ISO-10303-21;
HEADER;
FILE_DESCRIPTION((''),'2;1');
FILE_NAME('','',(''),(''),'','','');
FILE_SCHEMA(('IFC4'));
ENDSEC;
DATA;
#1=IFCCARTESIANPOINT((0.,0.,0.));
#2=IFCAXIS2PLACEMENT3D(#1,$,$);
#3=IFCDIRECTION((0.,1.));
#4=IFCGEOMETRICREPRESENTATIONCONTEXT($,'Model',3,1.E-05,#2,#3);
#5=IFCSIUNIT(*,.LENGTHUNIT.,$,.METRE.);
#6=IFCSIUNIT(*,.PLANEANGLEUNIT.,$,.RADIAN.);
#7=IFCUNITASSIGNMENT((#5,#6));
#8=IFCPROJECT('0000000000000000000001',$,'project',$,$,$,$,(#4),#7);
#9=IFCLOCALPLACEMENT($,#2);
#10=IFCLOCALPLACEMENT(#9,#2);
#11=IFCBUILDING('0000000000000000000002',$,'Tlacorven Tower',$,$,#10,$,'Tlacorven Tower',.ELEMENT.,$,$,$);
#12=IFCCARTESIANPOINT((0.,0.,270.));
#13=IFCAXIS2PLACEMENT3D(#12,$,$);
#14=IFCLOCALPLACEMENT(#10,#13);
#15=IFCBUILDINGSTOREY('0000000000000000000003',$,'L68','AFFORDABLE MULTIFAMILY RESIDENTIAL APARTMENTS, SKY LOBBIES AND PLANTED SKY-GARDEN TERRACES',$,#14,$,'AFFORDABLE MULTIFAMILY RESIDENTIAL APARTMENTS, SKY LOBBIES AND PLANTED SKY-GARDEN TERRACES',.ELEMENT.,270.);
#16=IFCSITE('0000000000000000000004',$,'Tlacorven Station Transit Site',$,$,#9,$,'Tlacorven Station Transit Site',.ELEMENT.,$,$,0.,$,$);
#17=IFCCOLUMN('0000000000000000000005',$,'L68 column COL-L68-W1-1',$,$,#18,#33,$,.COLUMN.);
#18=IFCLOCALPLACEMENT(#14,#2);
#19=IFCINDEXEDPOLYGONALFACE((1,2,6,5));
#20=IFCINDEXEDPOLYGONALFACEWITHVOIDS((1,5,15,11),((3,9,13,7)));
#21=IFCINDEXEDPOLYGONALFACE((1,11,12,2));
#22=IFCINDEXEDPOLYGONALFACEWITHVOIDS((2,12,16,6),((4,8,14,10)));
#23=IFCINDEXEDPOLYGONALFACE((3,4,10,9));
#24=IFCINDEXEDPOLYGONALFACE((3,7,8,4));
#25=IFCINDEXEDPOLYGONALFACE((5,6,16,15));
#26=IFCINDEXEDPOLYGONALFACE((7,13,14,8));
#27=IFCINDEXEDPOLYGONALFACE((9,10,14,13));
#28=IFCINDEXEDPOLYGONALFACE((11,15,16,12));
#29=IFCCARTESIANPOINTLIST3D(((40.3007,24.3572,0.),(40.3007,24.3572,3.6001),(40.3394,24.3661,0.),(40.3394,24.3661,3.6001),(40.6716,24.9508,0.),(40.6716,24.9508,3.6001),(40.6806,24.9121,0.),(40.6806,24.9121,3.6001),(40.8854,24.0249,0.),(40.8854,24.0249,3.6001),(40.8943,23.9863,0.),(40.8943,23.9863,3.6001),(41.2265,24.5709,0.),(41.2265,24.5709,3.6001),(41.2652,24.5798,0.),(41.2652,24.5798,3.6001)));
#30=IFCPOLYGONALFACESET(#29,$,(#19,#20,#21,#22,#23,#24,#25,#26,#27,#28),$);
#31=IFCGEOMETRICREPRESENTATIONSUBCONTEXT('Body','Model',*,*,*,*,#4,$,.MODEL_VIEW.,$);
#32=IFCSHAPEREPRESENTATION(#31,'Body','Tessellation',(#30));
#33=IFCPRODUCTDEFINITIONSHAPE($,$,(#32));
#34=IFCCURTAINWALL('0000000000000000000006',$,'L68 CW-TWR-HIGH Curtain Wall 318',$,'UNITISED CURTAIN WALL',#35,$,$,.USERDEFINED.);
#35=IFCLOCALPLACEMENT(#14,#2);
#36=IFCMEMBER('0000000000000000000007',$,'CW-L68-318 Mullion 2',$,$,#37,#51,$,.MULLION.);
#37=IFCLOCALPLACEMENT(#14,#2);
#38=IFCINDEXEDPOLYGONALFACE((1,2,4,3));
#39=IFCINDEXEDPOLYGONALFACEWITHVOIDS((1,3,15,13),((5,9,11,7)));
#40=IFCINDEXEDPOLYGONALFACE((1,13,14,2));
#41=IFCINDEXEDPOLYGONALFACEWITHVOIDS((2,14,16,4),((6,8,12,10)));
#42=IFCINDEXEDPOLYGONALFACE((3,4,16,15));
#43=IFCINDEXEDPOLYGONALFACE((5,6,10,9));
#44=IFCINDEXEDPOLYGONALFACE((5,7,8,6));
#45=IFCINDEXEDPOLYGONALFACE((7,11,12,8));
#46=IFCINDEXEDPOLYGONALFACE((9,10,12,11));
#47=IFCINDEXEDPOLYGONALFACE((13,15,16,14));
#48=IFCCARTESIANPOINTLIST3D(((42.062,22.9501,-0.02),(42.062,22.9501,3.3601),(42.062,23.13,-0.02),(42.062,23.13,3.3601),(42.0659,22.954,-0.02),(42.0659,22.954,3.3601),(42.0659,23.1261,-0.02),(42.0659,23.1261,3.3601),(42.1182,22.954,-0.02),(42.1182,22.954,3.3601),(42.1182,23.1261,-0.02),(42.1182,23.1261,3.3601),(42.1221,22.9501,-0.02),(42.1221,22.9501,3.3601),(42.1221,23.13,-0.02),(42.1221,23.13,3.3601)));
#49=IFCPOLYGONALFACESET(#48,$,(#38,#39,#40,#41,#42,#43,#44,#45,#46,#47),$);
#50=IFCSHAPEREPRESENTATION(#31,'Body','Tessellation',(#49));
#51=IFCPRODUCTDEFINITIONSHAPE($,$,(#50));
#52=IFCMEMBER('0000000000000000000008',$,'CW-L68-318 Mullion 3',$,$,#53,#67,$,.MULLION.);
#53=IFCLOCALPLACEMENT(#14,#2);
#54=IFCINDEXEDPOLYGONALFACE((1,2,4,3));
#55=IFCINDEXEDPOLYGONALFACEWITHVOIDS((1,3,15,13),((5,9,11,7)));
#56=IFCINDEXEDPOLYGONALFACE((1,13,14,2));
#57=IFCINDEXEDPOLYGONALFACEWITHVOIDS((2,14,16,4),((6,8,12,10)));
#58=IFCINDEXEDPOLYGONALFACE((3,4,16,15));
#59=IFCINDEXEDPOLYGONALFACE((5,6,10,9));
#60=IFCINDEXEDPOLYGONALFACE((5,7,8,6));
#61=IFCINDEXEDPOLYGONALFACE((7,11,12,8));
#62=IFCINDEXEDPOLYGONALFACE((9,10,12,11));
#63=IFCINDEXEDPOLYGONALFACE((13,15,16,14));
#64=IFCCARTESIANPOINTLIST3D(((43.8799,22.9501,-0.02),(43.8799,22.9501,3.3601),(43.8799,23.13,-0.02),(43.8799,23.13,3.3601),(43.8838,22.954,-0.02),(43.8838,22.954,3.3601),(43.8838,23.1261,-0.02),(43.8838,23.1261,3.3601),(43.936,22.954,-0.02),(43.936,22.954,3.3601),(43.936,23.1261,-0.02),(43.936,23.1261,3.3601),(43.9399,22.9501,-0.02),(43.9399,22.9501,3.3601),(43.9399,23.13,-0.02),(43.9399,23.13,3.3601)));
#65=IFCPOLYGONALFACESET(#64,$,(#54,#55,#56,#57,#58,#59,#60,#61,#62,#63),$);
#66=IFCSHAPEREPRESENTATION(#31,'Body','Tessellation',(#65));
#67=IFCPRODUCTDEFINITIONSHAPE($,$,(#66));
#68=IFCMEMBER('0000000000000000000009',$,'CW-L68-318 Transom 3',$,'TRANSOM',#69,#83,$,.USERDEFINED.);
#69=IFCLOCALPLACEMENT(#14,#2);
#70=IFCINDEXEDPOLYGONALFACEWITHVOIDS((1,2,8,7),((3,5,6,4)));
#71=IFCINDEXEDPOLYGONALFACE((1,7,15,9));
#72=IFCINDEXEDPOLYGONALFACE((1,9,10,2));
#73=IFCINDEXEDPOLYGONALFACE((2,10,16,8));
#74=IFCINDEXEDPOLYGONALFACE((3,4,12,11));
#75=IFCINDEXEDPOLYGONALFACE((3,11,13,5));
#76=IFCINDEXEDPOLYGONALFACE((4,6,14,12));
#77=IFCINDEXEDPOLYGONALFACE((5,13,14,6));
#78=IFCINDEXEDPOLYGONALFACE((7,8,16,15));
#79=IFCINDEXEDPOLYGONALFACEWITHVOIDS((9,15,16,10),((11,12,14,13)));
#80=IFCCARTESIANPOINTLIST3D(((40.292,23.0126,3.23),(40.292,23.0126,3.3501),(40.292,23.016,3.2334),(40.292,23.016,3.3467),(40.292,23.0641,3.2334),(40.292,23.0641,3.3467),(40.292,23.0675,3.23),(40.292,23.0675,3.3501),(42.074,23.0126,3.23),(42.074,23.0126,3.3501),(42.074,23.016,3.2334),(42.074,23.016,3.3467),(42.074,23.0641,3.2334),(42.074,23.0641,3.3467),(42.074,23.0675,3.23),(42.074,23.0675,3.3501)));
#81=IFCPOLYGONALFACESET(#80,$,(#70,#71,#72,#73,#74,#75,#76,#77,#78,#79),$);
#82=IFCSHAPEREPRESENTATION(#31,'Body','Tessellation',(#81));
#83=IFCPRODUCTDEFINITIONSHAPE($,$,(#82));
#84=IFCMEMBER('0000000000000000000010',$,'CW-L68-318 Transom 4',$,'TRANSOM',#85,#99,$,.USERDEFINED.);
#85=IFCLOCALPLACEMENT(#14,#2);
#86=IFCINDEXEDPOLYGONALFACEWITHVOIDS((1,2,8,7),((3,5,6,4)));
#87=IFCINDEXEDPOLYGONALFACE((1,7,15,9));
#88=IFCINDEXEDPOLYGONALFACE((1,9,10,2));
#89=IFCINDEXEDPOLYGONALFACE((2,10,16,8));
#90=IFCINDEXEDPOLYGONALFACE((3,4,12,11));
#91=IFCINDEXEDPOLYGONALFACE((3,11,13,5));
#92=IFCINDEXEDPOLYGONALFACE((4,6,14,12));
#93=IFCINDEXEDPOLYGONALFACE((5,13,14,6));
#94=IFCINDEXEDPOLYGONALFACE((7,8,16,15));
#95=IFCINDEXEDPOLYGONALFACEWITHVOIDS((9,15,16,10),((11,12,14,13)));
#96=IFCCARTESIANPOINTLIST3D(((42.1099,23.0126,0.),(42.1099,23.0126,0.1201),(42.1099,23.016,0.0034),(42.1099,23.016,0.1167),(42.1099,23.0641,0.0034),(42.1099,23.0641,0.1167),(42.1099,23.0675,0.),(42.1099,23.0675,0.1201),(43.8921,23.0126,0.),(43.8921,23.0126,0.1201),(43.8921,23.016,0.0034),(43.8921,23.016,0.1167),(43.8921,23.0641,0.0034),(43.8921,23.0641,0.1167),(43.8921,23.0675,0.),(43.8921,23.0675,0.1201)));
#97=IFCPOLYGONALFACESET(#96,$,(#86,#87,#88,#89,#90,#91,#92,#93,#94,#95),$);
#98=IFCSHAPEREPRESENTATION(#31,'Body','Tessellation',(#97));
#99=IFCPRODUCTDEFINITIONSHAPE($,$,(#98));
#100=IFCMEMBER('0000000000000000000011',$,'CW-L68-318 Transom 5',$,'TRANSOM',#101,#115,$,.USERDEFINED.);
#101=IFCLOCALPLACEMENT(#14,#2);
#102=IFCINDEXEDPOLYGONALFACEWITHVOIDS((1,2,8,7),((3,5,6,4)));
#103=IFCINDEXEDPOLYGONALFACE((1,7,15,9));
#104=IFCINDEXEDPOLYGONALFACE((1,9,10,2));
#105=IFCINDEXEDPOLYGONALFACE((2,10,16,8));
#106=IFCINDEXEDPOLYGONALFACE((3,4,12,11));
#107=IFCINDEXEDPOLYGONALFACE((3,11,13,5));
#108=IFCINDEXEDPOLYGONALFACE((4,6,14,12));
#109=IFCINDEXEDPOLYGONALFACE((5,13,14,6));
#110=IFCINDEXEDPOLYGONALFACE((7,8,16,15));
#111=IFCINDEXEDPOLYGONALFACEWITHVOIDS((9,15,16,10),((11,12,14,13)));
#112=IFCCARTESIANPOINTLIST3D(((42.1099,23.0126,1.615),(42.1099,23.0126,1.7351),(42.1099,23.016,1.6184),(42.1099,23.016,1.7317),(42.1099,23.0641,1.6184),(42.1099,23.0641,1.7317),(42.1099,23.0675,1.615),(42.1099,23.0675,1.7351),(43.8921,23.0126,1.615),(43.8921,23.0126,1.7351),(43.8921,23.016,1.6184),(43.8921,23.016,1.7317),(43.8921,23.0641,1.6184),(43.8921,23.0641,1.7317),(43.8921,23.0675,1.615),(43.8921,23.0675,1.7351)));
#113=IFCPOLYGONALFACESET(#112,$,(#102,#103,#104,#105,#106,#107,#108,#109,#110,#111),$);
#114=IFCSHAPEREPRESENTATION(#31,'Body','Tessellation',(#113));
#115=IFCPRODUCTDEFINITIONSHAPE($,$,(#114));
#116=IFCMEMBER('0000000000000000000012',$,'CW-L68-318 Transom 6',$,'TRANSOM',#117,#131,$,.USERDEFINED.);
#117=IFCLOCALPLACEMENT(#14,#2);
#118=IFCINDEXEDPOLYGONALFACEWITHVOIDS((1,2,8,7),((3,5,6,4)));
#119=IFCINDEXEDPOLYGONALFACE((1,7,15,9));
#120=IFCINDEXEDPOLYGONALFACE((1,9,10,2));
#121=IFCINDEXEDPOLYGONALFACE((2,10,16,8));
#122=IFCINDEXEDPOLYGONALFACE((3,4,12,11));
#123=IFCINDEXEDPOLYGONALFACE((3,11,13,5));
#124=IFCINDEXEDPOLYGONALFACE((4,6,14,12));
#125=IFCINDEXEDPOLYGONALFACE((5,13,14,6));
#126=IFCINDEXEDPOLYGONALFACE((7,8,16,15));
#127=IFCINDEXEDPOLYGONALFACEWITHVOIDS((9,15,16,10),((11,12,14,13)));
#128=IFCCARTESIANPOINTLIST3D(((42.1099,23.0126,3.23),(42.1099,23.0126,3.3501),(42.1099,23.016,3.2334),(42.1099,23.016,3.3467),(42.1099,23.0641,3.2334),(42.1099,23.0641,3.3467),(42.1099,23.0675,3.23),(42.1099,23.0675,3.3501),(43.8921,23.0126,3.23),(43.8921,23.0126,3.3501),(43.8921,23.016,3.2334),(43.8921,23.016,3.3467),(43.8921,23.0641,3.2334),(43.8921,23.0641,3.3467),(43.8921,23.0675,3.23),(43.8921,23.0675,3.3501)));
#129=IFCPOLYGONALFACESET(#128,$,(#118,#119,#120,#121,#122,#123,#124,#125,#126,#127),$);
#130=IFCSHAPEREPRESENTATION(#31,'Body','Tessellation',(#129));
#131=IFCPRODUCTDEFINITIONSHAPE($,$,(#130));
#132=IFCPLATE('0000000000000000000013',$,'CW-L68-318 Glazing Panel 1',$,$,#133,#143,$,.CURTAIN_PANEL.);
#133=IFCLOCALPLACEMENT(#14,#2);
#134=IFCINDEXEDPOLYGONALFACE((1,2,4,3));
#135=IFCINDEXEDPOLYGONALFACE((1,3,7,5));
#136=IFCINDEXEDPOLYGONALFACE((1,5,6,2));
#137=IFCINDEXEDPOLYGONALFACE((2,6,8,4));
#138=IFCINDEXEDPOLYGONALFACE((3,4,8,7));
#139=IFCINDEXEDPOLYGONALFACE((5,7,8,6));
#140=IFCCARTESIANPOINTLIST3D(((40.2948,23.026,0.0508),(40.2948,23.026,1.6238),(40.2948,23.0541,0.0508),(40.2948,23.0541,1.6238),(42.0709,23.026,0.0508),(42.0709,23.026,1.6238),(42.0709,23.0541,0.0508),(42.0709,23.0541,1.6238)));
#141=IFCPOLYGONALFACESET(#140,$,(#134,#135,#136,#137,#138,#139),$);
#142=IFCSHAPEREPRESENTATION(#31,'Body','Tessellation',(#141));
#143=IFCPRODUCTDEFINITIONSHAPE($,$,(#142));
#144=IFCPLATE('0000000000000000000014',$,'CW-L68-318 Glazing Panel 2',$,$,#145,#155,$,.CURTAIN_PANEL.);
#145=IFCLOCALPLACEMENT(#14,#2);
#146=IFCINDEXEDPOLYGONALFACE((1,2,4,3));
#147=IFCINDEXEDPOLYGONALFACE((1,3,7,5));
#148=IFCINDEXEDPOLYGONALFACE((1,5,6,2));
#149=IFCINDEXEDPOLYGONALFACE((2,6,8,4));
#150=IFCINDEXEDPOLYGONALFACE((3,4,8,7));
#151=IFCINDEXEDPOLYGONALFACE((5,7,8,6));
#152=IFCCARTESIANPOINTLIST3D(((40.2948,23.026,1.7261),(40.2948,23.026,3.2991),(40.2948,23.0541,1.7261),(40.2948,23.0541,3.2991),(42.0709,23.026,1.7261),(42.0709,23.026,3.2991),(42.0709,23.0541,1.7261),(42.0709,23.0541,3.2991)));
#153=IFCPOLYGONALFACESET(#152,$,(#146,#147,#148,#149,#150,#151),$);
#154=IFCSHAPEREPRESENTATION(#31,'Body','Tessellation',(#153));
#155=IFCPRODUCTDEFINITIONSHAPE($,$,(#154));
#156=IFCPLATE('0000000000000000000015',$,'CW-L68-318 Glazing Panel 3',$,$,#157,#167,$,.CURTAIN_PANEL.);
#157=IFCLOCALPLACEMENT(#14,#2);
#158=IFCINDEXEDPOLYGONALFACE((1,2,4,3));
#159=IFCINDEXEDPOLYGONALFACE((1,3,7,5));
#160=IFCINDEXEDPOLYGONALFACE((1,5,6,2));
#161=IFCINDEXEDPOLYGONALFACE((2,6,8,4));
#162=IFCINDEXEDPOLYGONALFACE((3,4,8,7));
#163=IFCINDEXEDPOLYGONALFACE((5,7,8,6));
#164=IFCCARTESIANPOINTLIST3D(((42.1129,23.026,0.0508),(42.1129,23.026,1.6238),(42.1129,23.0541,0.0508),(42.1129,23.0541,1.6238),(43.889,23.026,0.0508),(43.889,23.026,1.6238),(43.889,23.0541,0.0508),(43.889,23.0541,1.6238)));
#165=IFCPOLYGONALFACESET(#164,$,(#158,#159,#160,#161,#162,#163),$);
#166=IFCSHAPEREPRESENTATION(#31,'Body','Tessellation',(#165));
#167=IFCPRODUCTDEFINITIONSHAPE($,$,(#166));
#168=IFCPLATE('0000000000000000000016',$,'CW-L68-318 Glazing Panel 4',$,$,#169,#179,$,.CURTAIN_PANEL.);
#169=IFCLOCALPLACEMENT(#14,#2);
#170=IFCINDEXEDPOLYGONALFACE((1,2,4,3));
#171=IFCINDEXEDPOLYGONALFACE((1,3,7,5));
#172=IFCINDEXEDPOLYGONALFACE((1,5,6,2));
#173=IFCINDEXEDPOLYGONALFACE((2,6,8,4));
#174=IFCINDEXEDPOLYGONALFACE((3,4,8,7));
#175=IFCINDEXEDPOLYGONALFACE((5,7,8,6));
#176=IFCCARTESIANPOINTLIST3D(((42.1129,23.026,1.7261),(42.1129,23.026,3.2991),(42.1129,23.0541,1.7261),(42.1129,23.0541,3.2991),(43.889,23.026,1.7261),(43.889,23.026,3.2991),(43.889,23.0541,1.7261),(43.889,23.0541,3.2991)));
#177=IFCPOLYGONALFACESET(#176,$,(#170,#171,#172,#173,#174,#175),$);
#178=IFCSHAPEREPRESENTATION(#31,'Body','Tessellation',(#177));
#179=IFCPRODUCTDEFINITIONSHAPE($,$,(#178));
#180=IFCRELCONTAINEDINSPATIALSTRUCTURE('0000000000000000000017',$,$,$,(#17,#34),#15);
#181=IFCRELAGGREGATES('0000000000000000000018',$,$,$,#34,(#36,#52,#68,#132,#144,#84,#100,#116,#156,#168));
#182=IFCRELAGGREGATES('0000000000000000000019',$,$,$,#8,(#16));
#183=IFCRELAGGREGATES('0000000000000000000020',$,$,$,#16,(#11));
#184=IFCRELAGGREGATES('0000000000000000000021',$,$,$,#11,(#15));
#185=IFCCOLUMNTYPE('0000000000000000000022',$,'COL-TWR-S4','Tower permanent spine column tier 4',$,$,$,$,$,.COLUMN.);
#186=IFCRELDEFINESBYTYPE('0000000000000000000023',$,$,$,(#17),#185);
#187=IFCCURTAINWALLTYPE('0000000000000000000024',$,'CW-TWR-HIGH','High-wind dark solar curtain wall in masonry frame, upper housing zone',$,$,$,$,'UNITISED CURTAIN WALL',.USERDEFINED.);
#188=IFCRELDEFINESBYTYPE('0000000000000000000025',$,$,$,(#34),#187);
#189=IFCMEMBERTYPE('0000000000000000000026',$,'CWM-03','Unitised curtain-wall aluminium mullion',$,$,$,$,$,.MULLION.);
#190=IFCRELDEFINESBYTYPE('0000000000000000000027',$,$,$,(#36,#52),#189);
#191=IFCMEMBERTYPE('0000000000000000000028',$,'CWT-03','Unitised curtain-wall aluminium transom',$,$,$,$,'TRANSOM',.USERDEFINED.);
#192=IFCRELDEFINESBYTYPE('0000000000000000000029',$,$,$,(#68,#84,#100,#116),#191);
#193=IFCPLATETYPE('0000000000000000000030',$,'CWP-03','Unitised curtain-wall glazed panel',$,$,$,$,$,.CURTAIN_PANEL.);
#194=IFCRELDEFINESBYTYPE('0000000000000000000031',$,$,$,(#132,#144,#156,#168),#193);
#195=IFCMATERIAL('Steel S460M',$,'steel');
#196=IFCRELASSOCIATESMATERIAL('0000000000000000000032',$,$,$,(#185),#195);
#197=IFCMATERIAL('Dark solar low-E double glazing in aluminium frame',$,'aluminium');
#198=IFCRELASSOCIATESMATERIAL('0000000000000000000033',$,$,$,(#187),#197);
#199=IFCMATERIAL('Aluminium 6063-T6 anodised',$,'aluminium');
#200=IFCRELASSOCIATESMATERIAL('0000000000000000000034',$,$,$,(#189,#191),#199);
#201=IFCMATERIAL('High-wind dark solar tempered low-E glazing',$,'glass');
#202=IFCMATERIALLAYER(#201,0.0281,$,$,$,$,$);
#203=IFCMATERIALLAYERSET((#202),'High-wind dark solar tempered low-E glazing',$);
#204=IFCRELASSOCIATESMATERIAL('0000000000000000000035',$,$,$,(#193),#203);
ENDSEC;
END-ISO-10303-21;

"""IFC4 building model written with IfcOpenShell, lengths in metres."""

from ifc_helpers import new_model, si_unit, direction, frame, origin, origin_2d, place, context, subcontext, project, spatial, rectangle, hollow_rectangle, extrude, source, transform, mapped, material, layer, layer_set, material_profile, profile_set, type_object, element, aggregate, save


model = new_model("IFC4")

# Units and contexts
model_context = context("Model", 3, precision=1e-05, world=origin(), true_north=direction((0.0, 1.0)))
body_context = subcontext(model_context, "Body", "Model", "MODEL_VIEW")
ifc_project = project(units=[si_unit("LENGTHUNIT", "METRE"), si_unit("PLANEANGLEUNIT", "RADIAN")], contexts=[model_context])

# Site, building, storey
site_placement = place(None, origin())
site = spatial("IfcSite", under=ifc_project, at=site_placement, Name="Tlacorven Station Transit Site", LongName="Tlacorven Station Transit Site", CompositionType="ELEMENT", RefElevation=0.0)
building_placement = place(site_placement, origin())
building = spatial("IfcBuilding", under=site, at=building_placement, Name="Tlacorven Tower", LongName="Tlacorven Tower", CompositionType="ELEMENT")
storey_placement = place(building_placement, frame((0.0, 0.0, 270.0)))
storey = spatial("IfcBuildingStorey", under=building, at=storey_placement, Name="L68", Description="AFFORDABLE MULTIFAMILY RESIDENTIAL APARTMENTS, SKY LOBBIES AND PLANTED SKY-GARDEN TERRACES", LongName="AFFORDABLE MULTIFAMILY RESIDENTIAL APARTMENTS, SKY LOBBIES AND PLANTED SKY-GARDEN TERRACES", CompositionType="ELEMENT", Elevation=270.0)

# Column
ifc_material_1 = material(Name="Steel S460M", Category="steel")
ifc_material_profile_1 = material_profile(ifc_material_1, hollow_rectangle(XDim=0.7, YDim=0.7, WallThickness=0.0281, at=origin_2d()), Name="BOX 700X700X28")
ifc_profile_set_1 = profile_set([ifc_material_profile_1], Name="Steel S460M")
column_type = type_object("IfcColumnType", Name="COL-TWR-S4", Description="Tower permanent spine column tier 4", PredefinedType="COLUMN", material=ifc_profile_set_1)
shared_shape_1 = source(origin(), body_context, "Body", "SweptSolid", [
    extrude(hollow_rectangle(XDim=0.7, YDim=0.7, WallThickness=0.0281, at=origin_2d()), origin(), (0.0, 0.0, 1.0), 3.6001),
])
column_placement = place(storey_placement, frame((40.783, 24.4685, 0.0), z_axis=(0.0, 0.0, 1.0), x_axis=(-0.848048, 0.529919, 0.0)))
element("IfcColumn", 1, at=column_placement, inside=storey, type_object=column_type, Name="L68 column COL-L68-W1-1", PredefinedType="COLUMN", context=body_context, shape_type="MappedRepresentation", body=[
    mapped(shared_shape_1, transform((0.0, 0.0, 0.0), scale=1.0)),
])

# Curtain wall, members, plates
ifc_material_2 = material(Name="Dark solar low-E double glazing in aluminium frame", Category="aluminium")
curtain_wall_type = type_object("IfcCurtainWallType", Name="CW-TWR-HIGH", Description="High-wind dark solar curtain wall in masonry frame, upper housing zone", ElementType="UNITISED CURTAIN WALL", PredefinedType="USERDEFINED", material=ifc_material_2)
curtain_wall_placement = place(storey_placement, origin())
curtain_wall = element("IfcCurtainWall", 2, at=curtain_wall_placement, inside=storey, type_object=curtain_wall_type, Name="L68 CW-TWR-HIGH Curtain Wall 318", ObjectType="UNITISED CURTAIN WALL", PredefinedType="USERDEFINED")
ifc_material_3 = material(Name="Aluminium 6063-T6 anodised", Category="aluminium")
ifc_material_profile_2 = material_profile(ifc_material_3, hollow_rectangle(XDim=0.0601, YDim=0.1799, WallThickness=0.0039, at=origin_2d()), Name="ALU MULLION 60X180")
ifc_profile_set_2 = profile_set([ifc_material_profile_2], Name="Aluminium 6063-T6 anodised")
member_type_1 = type_object("IfcMemberType", Name="CWM-03", Description="Unitised curtain-wall aluminium mullion", PredefinedType="MULLION", material=ifc_profile_set_2)
shared_shape_2 = source(origin(), body_context, "Body", "SweptSolid", [
    extrude(hollow_rectangle(XDim=0.0601, YDim=0.1799, WallThickness=0.0039, at=origin_2d()), origin(), (0.0, 0.0, 1.0), 3.3801),
])
member_1_placement = place(storey_placement, frame((42.092, 23.04, -0.02), z_axis=(0.0, 0.0, 1.0), x_axis=(1.0, 0.0, 0.0)))
member_1 = element("IfcMember", 3, at=member_1_placement, type_object=member_type_1, Name="CW-L68-318 Mullion 2", PredefinedType="MULLION", context=body_context, shape_type="MappedRepresentation", body=[
    mapped(shared_shape_2, transform((0.0, 0.0, 0.0), scale=1.0)),
])
member_2_placement = place(storey_placement, frame((43.9099, 23.04, -0.02), z_axis=(0.0, 0.0, 1.0), x_axis=(1.0, 0.0, 0.0)))
member_2 = element("IfcMember", 4, at=member_2_placement, type_object=member_type_1, Name="CW-L68-318 Mullion 3", PredefinedType="MULLION", context=body_context, shape_type="MappedRepresentation", body=[
    mapped(shared_shape_2, transform((0.0, 0.0, 0.0), scale=1.0)),
])
ifc_material_profile_3 = material_profile(ifc_material_3, hollow_rectangle(XDim=0.0549, YDim=0.1201, WallThickness=0.0034, at=origin_2d()), Name="ALU TRANSOM 55X120")
ifc_profile_set_3 = profile_set([ifc_material_profile_3], Name="Aluminium 6063-T6 anodised")
member_type_2 = type_object("IfcMemberType", Name="CWT-03", Description="Unitised curtain-wall aluminium transom", ElementType="TRANSOM", PredefinedType="USERDEFINED", material=ifc_profile_set_3)
shared_shape_3 = source(origin(), body_context, "Body", "SweptSolid", [
    extrude(hollow_rectangle(XDim=0.0549, YDim=0.1201, WallThickness=0.0034, at=origin_2d()), origin(), (0.0, 0.0, 1.0), 1.782),
])
member_3_placement = place(storey_placement, frame((40.292, 23.04, 3.29), z_axis=(1.0, 0.0, 0.0), x_axis=(0.0, 1.0, 0.0)))
member_3 = element("IfcMember", 5, at=member_3_placement, type_object=member_type_2, Name="CW-L68-318 Transom 3", ObjectType="TRANSOM", PredefinedType="USERDEFINED", context=body_context, shape_type="MappedRepresentation", body=[
    mapped(shared_shape_3, transform((0.0, 0.0, 0.0), scale=1.0)),
])
shared_shape_4 = source(origin(), body_context, "Body", "SweptSolid", [
    extrude(hollow_rectangle(XDim=0.0549, YDim=0.1201, WallThickness=0.0034, at=origin_2d()), origin(), (0.0, 0.0, 1.0), 1.7822),
])
member_4_placement = place(storey_placement, frame((42.1099, 23.04, 0.0601), z_axis=(1.0, 0.0, 0.0), x_axis=(0.0, 1.0, 0.0)))
member_4 = element("IfcMember", 6, at=member_4_placement, type_object=member_type_2, Name="CW-L68-318 Transom 4", ObjectType="TRANSOM", PredefinedType="USERDEFINED", context=body_context, shape_type="MappedRepresentation", body=[
    mapped(shared_shape_4, transform((0.0, 0.0, 0.0), scale=1.0)),
])
member_5_placement = place(storey_placement, frame((42.1099, 23.04, 1.675), z_axis=(1.0, 0.0, 0.0), x_axis=(0.0, 1.0, 0.0)))
member_5 = element("IfcMember", 7, at=member_5_placement, type_object=member_type_2, Name="CW-L68-318 Transom 5", ObjectType="TRANSOM", PredefinedType="USERDEFINED", context=body_context, shape_type="MappedRepresentation", body=[
    mapped(shared_shape_4, transform((0.0, 0.0, 0.0), scale=1.0)),
])
member_6_placement = place(storey_placement, frame((42.1099, 23.04, 3.29), z_axis=(1.0, 0.0, 0.0), x_axis=(0.0, 1.0, 0.0)))
member_6 = element("IfcMember", 8, at=member_6_placement, type_object=member_type_2, Name="CW-L68-318 Transom 6", ObjectType="TRANSOM", PredefinedType="USERDEFINED", context=body_context, shape_type="MappedRepresentation", body=[
    mapped(shared_shape_4, transform((0.0, 0.0, 0.0), scale=1.0)),
])
ifc_material_4 = material(Name="High-wind dark solar tempered low-E glazing", Category="glass")
ifc_layer_1 = layer(ifc_material_4, 0.0281)
ifc_layer_set_1 = layer_set([ifc_layer_1], Name="High-wind dark solar tempered low-E glazing")
plate_type = type_object("IfcPlateType", Name="CWP-03", Description="Unitised curtain-wall glazed panel", PredefinedType="CURTAIN_PANEL", material=ifc_layer_set_1)
shared_shape_5 = source(origin(), body_context, "Body", "SweptSolid", [
    extrude(rectangle(XDim=1.7761, YDim=0.0281, at=origin_2d()), origin(), (0.0, 0.0, 1.0), 1.573),
])
plate_1_placement = place(storey_placement, frame((41.1829, 23.04, 0.0508), z_axis=(0.0, 0.0, 1.0), x_axis=(1.0, 0.0, 0.0)))
plate_1 = element("IfcPlate", 9, at=plate_1_placement, type_object=plate_type, Name="CW-L68-318 Glazing Panel 1", PredefinedType="CURTAIN_PANEL", context=body_context, shape_type="MappedRepresentation", body=[
    mapped(shared_shape_5, transform((0.0, 0.0, 0.0), scale=1.0)),
])
plate_2_placement = place(storey_placement, frame((41.1829, 23.04, 1.7261), z_axis=(0.0, 0.0, 1.0), x_axis=(1.0, 0.0, 0.0)))
plate_2 = element("IfcPlate", 10, at=plate_2_placement, type_object=plate_type, Name="CW-L68-318 Glazing Panel 2", PredefinedType="CURTAIN_PANEL", context=body_context, shape_type="MappedRepresentation", body=[
    mapped(shared_shape_5, transform((0.0, 0.0, 0.0), scale=1.0)),
])
plate_3_placement = place(storey_placement, frame((43.001, 23.04, 0.0508), z_axis=(0.0, 0.0, 1.0), x_axis=(1.0, 0.0, 0.0)))
plate_3 = element("IfcPlate", 11, at=plate_3_placement, type_object=plate_type, Name="CW-L68-318 Glazing Panel 3", PredefinedType="CURTAIN_PANEL", context=body_context, shape_type="MappedRepresentation", body=[
    mapped(shared_shape_5, transform((0.0, 0.0, 0.0), scale=1.0)),
])
plate_4_placement = place(storey_placement, frame((43.001, 23.04, 1.7261), z_axis=(0.0, 0.0, 1.0), x_axis=(1.0, 0.0, 0.0)))
plate_4 = element("IfcPlate", 12, at=plate_4_placement, type_object=plate_type, Name="CW-L68-318 Glazing Panel 4", PredefinedType="CURTAIN_PANEL", context=body_context, shape_type="MappedRepresentation", body=[
    mapped(shared_shape_5, transform((0.0, 0.0, 0.0), scale=1.0)),
])
aggregate(curtain_wall, [member_1, member_2, member_3, plate_1, plate_2, member_4, member_5, member_6, plate_3, plate_4])

save(model, "model.ifc")
